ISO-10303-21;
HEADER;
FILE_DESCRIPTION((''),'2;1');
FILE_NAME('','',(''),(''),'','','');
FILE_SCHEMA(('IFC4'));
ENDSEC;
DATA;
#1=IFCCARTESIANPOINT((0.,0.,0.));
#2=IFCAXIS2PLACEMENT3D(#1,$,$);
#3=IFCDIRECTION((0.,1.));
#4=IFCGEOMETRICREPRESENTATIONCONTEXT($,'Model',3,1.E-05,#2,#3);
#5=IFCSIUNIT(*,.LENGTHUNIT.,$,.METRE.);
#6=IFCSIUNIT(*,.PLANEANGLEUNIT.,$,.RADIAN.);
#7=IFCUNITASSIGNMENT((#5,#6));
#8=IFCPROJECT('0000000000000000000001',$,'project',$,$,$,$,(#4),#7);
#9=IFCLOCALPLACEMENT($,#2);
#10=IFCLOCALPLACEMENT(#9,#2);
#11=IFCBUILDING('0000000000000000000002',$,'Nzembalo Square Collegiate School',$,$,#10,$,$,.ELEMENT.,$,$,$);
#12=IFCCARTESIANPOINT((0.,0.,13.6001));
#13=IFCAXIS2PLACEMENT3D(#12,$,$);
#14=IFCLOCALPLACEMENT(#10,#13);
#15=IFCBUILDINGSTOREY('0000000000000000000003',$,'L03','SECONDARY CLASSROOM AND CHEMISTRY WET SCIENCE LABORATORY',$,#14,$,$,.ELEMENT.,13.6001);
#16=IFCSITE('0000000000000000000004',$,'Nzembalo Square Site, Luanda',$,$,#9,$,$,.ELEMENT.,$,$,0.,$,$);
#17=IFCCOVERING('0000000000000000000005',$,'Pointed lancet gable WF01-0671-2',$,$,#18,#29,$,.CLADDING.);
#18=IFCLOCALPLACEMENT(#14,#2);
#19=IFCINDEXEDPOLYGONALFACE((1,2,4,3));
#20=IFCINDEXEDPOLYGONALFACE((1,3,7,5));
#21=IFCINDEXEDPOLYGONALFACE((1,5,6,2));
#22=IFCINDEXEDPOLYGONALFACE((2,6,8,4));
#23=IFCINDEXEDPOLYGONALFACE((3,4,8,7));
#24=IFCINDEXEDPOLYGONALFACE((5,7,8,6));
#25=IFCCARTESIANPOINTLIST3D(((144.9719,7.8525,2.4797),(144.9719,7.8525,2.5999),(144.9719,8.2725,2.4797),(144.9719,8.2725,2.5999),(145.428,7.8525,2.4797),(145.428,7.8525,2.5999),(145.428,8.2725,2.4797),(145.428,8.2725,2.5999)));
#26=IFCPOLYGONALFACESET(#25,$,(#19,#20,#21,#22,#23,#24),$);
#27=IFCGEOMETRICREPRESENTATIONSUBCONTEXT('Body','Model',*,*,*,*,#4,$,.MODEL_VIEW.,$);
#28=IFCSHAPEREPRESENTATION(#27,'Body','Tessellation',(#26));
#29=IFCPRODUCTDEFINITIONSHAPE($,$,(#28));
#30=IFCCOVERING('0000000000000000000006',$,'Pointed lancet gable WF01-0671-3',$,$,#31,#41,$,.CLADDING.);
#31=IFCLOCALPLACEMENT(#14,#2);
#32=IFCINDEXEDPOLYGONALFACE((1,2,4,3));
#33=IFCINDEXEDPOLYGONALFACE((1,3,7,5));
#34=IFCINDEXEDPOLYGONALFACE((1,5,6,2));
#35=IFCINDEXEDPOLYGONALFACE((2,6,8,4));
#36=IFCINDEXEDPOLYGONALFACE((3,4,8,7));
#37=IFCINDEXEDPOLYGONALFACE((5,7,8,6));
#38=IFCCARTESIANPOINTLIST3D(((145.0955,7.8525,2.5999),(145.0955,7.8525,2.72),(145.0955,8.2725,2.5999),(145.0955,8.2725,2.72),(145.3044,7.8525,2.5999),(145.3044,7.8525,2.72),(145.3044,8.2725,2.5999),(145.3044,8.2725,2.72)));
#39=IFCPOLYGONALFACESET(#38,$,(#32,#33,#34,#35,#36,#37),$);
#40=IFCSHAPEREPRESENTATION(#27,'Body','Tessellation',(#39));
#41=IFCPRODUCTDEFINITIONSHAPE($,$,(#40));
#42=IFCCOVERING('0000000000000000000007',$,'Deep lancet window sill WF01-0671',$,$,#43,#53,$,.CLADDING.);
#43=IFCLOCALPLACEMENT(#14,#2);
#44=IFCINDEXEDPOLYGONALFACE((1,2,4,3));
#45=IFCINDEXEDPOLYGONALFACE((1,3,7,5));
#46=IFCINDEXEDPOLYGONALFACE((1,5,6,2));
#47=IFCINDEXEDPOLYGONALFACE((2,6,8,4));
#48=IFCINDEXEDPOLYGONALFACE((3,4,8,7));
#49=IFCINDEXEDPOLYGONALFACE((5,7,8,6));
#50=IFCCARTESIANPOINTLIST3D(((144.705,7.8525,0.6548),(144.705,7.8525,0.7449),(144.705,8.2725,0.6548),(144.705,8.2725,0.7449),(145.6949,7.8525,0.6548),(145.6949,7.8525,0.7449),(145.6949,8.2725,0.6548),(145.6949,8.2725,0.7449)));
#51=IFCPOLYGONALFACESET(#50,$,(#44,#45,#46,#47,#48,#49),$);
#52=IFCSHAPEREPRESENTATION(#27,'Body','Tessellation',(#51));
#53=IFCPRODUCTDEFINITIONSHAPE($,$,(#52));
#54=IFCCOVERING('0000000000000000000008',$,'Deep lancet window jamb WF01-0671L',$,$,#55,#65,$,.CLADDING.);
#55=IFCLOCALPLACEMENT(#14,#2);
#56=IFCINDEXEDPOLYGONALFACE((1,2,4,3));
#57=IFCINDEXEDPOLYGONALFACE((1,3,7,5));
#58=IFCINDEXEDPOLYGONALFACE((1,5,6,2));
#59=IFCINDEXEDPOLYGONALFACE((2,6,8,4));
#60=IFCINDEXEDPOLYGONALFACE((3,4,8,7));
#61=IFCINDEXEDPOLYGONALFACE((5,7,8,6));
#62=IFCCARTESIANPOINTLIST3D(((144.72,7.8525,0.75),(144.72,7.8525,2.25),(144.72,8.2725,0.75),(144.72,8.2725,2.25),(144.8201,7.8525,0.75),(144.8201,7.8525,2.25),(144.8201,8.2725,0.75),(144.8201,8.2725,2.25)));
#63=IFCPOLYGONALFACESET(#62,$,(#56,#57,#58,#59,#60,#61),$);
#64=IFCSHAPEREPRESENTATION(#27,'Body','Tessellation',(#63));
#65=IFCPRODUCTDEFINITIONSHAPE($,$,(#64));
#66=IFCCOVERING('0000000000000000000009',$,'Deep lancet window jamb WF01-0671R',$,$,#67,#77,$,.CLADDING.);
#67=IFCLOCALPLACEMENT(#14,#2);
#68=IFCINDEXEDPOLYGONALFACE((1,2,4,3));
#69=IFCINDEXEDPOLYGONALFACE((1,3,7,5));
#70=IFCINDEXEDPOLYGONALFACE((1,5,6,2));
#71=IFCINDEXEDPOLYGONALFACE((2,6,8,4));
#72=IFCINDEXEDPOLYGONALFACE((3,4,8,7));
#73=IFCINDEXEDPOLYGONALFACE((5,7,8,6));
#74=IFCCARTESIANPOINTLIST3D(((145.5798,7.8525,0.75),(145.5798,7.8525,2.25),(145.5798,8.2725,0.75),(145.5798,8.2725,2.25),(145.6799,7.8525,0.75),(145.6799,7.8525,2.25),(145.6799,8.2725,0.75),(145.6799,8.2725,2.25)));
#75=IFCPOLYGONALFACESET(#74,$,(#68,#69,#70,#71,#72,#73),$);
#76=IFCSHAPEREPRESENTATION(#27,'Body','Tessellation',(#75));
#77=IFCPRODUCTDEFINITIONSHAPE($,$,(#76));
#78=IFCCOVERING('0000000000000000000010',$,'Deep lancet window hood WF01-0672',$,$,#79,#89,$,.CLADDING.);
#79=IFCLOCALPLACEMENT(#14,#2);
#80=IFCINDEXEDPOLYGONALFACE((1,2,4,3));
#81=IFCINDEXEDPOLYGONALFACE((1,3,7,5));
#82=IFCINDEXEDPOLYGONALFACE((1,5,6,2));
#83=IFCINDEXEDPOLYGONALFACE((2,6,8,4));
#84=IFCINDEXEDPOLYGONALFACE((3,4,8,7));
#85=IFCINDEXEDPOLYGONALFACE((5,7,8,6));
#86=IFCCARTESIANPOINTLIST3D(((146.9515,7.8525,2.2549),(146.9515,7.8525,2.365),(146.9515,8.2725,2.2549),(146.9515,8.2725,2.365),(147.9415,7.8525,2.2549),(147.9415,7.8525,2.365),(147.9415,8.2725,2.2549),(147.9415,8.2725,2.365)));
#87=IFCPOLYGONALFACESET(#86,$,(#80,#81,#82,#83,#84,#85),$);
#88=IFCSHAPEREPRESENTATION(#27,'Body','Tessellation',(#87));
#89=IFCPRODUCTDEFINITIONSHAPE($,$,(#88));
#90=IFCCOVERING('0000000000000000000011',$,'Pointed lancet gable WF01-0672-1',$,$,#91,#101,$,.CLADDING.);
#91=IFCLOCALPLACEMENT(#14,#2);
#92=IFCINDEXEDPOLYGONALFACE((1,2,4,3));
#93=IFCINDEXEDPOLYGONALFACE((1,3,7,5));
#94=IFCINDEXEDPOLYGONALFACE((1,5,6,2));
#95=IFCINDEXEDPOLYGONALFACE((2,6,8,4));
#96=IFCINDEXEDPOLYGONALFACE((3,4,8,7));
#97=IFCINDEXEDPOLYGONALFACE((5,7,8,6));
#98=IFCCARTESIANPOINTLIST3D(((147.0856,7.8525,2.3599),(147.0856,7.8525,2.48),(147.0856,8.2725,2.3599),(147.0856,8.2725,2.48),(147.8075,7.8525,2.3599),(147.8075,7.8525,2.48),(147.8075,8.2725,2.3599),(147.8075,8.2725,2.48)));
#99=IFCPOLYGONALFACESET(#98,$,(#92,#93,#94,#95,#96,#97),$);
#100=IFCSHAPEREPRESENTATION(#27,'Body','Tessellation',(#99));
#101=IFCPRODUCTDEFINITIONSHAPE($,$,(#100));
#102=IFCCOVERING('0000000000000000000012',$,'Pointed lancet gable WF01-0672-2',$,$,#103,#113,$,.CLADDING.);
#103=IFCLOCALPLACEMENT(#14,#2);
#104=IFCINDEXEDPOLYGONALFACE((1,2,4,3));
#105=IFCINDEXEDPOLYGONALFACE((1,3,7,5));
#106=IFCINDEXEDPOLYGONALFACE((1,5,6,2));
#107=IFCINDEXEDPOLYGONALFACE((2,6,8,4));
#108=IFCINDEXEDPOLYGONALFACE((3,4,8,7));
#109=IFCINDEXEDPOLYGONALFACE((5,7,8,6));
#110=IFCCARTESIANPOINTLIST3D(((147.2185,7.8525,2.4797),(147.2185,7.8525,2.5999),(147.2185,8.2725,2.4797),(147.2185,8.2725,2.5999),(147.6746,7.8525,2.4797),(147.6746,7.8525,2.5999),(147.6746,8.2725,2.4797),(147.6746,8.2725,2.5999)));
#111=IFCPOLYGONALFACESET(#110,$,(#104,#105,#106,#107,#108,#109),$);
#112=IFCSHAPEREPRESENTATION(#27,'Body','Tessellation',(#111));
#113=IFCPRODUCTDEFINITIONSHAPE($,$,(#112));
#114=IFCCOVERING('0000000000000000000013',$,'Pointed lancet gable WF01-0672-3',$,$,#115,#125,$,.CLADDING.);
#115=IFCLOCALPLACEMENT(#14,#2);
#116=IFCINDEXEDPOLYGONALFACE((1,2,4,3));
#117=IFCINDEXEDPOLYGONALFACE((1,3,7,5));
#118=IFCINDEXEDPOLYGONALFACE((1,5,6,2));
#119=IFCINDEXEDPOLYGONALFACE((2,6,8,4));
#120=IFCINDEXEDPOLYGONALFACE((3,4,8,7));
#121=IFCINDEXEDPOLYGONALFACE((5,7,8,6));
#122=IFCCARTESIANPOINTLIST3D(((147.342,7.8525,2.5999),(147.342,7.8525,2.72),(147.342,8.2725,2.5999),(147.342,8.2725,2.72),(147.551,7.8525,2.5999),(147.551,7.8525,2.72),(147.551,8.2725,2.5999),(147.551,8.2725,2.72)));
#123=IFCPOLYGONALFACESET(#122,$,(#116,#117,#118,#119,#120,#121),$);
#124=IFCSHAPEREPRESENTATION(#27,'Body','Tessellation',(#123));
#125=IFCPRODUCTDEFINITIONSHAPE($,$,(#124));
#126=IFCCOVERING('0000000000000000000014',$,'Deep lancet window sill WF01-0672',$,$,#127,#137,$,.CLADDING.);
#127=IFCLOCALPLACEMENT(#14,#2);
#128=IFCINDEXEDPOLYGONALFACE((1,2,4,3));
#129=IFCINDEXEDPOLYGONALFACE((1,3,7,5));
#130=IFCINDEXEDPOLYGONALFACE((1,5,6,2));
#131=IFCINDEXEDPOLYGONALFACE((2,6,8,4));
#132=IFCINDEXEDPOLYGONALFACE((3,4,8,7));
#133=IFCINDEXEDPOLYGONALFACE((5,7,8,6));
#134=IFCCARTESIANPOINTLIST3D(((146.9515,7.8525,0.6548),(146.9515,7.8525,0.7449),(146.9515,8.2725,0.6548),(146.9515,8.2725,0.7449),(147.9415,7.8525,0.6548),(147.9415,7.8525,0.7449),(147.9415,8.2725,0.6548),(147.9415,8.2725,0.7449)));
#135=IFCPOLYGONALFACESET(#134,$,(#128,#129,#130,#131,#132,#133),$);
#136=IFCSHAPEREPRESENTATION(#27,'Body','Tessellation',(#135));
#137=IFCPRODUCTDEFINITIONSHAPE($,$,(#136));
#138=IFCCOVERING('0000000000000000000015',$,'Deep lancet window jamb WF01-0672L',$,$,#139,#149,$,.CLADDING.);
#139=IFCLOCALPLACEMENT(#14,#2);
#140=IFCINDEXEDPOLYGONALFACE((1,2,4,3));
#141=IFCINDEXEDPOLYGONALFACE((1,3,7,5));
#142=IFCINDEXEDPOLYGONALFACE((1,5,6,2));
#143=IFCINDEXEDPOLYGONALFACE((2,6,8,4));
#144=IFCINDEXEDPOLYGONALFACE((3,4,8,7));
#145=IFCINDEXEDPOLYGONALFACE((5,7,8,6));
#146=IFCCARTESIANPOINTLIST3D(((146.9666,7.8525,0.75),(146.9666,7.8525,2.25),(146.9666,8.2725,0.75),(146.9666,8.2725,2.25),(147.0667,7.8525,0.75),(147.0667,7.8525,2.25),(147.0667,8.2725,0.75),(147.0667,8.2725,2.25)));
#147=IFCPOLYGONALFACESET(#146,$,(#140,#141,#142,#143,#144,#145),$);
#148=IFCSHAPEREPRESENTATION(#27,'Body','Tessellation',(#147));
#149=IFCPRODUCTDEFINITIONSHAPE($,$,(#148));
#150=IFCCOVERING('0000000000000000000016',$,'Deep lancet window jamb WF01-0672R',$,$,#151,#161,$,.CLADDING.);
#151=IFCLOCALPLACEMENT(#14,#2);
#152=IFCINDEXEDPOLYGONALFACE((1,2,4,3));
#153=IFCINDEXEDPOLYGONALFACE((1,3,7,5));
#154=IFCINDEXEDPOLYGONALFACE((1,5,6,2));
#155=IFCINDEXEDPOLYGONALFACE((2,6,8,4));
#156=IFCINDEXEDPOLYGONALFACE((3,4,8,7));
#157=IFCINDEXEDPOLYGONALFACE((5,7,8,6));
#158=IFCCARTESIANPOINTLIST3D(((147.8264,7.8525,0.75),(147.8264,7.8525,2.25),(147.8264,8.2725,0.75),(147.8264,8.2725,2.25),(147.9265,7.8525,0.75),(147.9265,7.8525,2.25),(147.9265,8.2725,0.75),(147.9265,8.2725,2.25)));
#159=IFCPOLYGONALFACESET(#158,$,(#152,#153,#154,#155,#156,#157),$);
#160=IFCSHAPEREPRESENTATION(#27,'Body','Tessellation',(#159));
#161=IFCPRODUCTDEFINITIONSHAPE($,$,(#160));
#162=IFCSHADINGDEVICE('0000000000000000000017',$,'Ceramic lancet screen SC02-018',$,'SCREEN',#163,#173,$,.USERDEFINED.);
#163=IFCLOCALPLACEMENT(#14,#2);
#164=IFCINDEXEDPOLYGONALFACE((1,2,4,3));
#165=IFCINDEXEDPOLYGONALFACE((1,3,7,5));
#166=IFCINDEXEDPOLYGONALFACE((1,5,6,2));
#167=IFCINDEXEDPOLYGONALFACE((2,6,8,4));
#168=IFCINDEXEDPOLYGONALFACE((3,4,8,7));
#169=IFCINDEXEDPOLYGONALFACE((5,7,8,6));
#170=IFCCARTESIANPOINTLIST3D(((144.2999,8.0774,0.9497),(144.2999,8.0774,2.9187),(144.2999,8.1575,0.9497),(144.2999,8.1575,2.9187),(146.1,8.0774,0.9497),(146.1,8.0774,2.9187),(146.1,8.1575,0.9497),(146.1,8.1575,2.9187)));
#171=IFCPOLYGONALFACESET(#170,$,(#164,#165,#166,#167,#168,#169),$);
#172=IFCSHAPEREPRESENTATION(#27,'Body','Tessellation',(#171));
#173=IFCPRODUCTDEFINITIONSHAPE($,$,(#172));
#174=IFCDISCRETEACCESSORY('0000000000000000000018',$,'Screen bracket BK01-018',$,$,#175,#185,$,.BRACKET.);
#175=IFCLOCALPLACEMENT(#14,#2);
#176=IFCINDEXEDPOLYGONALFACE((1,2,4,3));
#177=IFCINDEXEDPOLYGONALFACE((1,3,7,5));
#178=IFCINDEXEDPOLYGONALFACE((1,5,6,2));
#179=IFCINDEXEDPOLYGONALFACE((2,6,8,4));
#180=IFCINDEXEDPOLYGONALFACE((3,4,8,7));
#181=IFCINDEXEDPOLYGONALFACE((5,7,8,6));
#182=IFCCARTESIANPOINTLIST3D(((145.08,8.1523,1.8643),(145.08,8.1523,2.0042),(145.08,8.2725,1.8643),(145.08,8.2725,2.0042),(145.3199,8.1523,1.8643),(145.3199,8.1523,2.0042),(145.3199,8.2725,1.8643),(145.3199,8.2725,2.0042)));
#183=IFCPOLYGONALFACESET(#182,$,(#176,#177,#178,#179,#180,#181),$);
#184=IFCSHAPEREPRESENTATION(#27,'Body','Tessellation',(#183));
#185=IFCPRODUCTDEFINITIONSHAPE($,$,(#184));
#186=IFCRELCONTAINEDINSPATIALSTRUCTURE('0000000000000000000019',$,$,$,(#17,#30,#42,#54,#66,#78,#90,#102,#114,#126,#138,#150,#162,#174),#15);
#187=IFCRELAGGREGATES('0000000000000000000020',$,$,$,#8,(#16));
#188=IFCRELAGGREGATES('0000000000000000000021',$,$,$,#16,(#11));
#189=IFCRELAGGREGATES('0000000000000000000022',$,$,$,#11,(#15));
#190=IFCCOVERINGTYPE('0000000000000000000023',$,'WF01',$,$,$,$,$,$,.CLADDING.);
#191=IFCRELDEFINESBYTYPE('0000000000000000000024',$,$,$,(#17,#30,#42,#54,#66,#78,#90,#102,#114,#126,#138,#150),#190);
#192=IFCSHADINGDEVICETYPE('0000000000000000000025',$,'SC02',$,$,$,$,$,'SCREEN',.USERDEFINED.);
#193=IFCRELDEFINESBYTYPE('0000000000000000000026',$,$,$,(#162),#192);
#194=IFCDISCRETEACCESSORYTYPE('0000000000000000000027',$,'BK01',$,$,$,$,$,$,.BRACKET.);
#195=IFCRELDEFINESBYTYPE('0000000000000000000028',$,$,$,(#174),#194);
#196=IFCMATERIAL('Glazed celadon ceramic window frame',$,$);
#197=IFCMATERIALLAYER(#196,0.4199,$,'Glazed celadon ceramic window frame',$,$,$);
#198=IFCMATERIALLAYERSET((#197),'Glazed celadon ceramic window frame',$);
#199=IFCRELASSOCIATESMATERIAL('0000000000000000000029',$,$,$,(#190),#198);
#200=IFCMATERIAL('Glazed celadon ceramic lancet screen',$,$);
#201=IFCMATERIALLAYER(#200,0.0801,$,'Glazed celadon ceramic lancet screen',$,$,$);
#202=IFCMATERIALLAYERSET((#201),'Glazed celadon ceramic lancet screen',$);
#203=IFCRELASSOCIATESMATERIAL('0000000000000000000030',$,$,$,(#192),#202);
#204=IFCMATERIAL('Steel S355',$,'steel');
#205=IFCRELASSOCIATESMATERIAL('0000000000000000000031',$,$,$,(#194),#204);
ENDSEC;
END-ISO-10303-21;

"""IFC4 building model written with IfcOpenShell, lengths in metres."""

from ifc_helpers import new_model, si_unit, direction, frame, origin, origin_2d, place, context, subcontext, project, spatial, rectangle, extrude, material, layer, layer_set, type_object, element, save


model = new_model("IFC4")

# Units and contexts
model_context = context("Model", 3, precision=1e-05, world=origin(), true_north=direction((0.0, 1.0)))
body_context = subcontext(model_context, "Body", "Model", "MODEL_VIEW")
ifc_project = project(units=[si_unit("LENGTHUNIT", "METRE"), si_unit("PLANEANGLEUNIT", "RADIAN")], contexts=[model_context])

# Site, building, storey
site_placement = place(None, origin())
site = spatial("IfcSite", under=ifc_project, at=site_placement, Name="Nzembalo Square Site, Luanda", CompositionType="ELEMENT", RefElevation=0.0)
building_placement = place(site_placement, origin())
building = spatial("IfcBuilding", under=site, at=building_placement, Name="Nzembalo Square Collegiate School", CompositionType="ELEMENT")
storey_placement = place(building_placement, frame((0.0, 0.0, 13.6001)))
storey = spatial("IfcBuildingStorey", under=building, at=storey_placement, Name="L03", Description="SECONDARY CLASSROOM AND CHEMISTRY WET SCIENCE LABORATORY", CompositionType="ELEMENT", Elevation=13.6001)

# Coverings
ifc_material_1 = material(Name="Glazed celadon ceramic window frame")
ifc_layer_1 = layer(ifc_material_1, 0.4199, Name="Glazed celadon ceramic window frame")
ifc_layer_set_1 = layer_set([ifc_layer_1], Name="Glazed celadon ceramic window frame")
covering_type_1 = type_object("IfcCoveringType", Name="WF01", PredefinedType="CLADDING", material=ifc_layer_set_1)
covering_1_placement = place(storey_placement, frame((145.2, 8.0625, 2.4797), z_axis=(0.0, 0.0, 1.0), x_axis=(1.0, 0.0, 0.0)))
element("IfcCovering", 1, at=covering_1_placement, inside=storey, type_object=covering_type_1, Name="Pointed lancet gable WF01-0671-2", PredefinedType="CLADDING", context=body_context, shape_type="SweptSolid", body=[
    extrude(rectangle(XDim=0.4561, YDim=0.4199, at=origin_2d()), origin(), (0.0, 0.0, 1.0), 0.1201),
])
covering_2_placement = place(storey_placement, frame((145.2, 8.0625, 2.5999), z_axis=(0.0, 0.0, 1.0), x_axis=(1.0, 0.0, 0.0)))
element("IfcCovering", 2, at=covering_2_placement, inside=storey, type_object=covering_type_1, Name="Pointed lancet gable WF01-0671-3", PredefinedType="CLADDING", context=body_context, shape_type="SweptSolid", body=[
    extrude(rectangle(XDim=0.209, YDim=0.4199, at=origin_2d()), origin(), (0.0, 0.0, 1.0), 0.1201),
])
covering_3_placement = place(storey_placement, frame((145.2, 8.0625, 0.6548), z_axis=(0.0, 0.0, 1.0), x_axis=(1.0, 0.0, 0.0)))
element("IfcCovering", 3, at=covering_3_placement, inside=storey, type_object=covering_type_1, Name="Deep lancet window sill WF01-0671", PredefinedType="CLADDING", context=body_context, shape_type="SweptSolid", body=[
    extrude(rectangle(XDim=0.99, YDim=0.4199, at=origin_2d()), origin(), (0.0, 0.0, 1.0), 0.0901),
])
for number, where, z_axis, x_axis, name in (
    (4, (144.77, 8.0625, 0.75), (0.0, 0.0, 1.0), (1.0, 0.0, 0.0), "Deep lancet window jamb WF01-0671L"),
    (5, (145.6299, 8.0625, 0.75), (0.0, 0.0, 1.0), (1.0, 0.0, 0.0), "Deep lancet window jamb WF01-0671R"),
):
    element("IfcCovering", number, at=place(storey_placement, frame(where, z_axis=z_axis, x_axis=x_axis)), inside=storey, type_object=covering_type_1, Name=name, PredefinedType="CLADDING", context=body_context, shape_type="SweptSolid", body=[
        extrude(rectangle(XDim=0.1001, YDim=0.4199, at=origin_2d()), origin(), (0.0, 0.0, 1.0), 1.5),
    ])
covering_4_placement = place(storey_placement, frame((147.4465, 8.0625, 2.2549), z_axis=(0.0, 0.0, 1.0), x_axis=(1.0, 0.0, 0.0)))
element("IfcCovering", 6, at=covering_4_placement, inside=storey, type_object=covering_type_1, Name="Deep lancet window hood WF01-0672", PredefinedType="CLADDING", context=body_context, shape_type="SweptSolid", body=[
    extrude(rectangle(XDim=0.99, YDim=0.4199, at=origin_2d()), origin(), (0.0, 0.0, 1.0), 0.1101),
])
covering_5_placement = place(storey_placement, frame((147.4465, 8.0625, 2.3599), z_axis=(0.0, 0.0, 1.0), x_axis=(1.0, 0.0, 0.0)))
element("IfcCovering", 7, at=covering_5_placement, inside=storey, type_object=covering_type_1, Name="Pointed lancet gable WF01-0672-1", PredefinedType="CLADDING", context=body_context, shape_type="SweptSolid", body=[
    extrude(rectangle(XDim=0.7219, YDim=0.4199, at=origin_2d()), origin(), (0.0, 0.0, 1.0), 0.1201),
])
covering_6_placement = place(storey_placement, frame((147.4465, 8.0625, 2.4797), z_axis=(0.0, 0.0, 1.0), x_axis=(1.0, 0.0, 0.0)))
element("IfcCovering", 8, at=covering_6_placement, inside=storey, type_object=covering_type_1, Name="Pointed lancet gable WF01-0672-2", PredefinedType="CLADDING", context=body_context, shape_type="SweptSolid", body=[
    extrude(rectangle(XDim=0.4561, YDim=0.4199, at=origin_2d()), origin(), (0.0, 0.0, 1.0), 0.1201),
])
covering_7_placement = place(storey_placement, frame((147.4465, 8.0625, 2.5999), z_axis=(0.0, 0.0, 1.0), x_axis=(1.0, 0.0, 0.0)))
element("IfcCovering", 9, at=covering_7_placement, inside=storey, type_object=covering_type_1, Name="Pointed lancet gable WF01-0672-3", PredefinedType="CLADDING", context=body_context, shape_type="SweptSolid", body=[
    extrude(rectangle(XDim=0.209, YDim=0.4199, at=origin_2d()), origin(), (0.0, 0.0, 1.0), 0.1201),
])
covering_8_placement = place(storey_placement, frame((147.4465, 8.0625, 0.6548), z_axis=(0.0, 0.0, 1.0), x_axis=(1.0, 0.0, 0.0)))
element("IfcCovering", 10, at=covering_8_placement, inside=storey, type_object=covering_type_1, Name="Deep lancet window sill WF01-0672", PredefinedType="CLADDING", context=body_context, shape_type="SweptSolid", body=[
    extrude(rectangle(XDim=0.99, YDim=0.4199, at=origin_2d()), origin(), (0.0, 0.0, 1.0), 0.0901),
])
for number, where, z_axis, x_axis, name in (
    (11, (147.0166, 8.0625, 0.75), (0.0, 0.0, 1.0), (1.0, 0.0, 0.0), "Deep lancet window jamb WF01-0672L"),
    (12, (147.8765, 8.0625, 0.75), (0.0, 0.0, 1.0), (1.0, 0.0, 0.0), "Deep lancet window jamb WF01-0672R"),
):
    element("IfcCovering", number, at=place(storey_placement, frame(where, z_axis=z_axis, x_axis=x_axis)), inside=storey, type_object=covering_type_1, Name=name, PredefinedType="CLADDING", context=body_context, shape_type="SweptSolid", body=[
        extrude(rectangle(XDim=0.1001, YDim=0.4199, at=origin_2d()), origin(), (0.0, 0.0, 1.0), 1.5),
    ])

# Shading device
ifc_material_2 = material(Name="Glazed celadon ceramic lancet screen")
ifc_layer_2 = layer(ifc_material_2, 0.0801, Name="Glazed celadon ceramic lancet screen")
ifc_layer_set_2 = layer_set([ifc_layer_2], Name="Glazed celadon ceramic lancet screen")
shading_device_type = type_object("IfcShadingDeviceType", Name="SC02", ElementType="SCREEN", PredefinedType="USERDEFINED", material=ifc_layer_set_2)
shading_device_placement = place(storey_placement, frame((145.2, 8.1174, 0.9497), z_axis=(0.0, 0.0, 1.0), x_axis=(1.0, 0.0, 0.0)))
element("IfcShadingDevice", 13, at=shading_device_placement, inside=storey, type_object=shading_device_type, Name="Ceramic lancet screen SC02-018", ObjectType="SCREEN", PredefinedType="USERDEFINED", context=body_context, shape_type="SweptSolid", body=[
    extrude(rectangle(XDim=1.8, YDim=0.0801, at=origin_2d()), origin(), (0.0, 0.0, 1.0), 1.969),
])

# Discrete accessory
ifc_material_3 = material(Name="Steel S355", Category="steel")
discrete_accessory_type = type_object("IfcDiscreteAccessoryType", Name="BK01", PredefinedType="BRACKET", material=ifc_material_3)
discrete_accessory_placement = place(storey_placement, frame((145.2, 8.2124, 1.8643), z_axis=(0.0, 0.0, 1.0), x_axis=(1.0, 0.0, 0.0)))
element("IfcDiscreteAccessory", 14, at=discrete_accessory_placement, inside=storey, type_object=discrete_accessory_type, Name="Screen bracket BK01-018", PredefinedType="BRACKET", context=body_context, shape_type="SweptSolid", body=[
    extrude(rectangle(XDim=0.24, YDim=0.1201, at=origin_2d()), origin(), (0.0, 0.0, 1.0), 0.1399),
])

save(model, "model.ifc")
